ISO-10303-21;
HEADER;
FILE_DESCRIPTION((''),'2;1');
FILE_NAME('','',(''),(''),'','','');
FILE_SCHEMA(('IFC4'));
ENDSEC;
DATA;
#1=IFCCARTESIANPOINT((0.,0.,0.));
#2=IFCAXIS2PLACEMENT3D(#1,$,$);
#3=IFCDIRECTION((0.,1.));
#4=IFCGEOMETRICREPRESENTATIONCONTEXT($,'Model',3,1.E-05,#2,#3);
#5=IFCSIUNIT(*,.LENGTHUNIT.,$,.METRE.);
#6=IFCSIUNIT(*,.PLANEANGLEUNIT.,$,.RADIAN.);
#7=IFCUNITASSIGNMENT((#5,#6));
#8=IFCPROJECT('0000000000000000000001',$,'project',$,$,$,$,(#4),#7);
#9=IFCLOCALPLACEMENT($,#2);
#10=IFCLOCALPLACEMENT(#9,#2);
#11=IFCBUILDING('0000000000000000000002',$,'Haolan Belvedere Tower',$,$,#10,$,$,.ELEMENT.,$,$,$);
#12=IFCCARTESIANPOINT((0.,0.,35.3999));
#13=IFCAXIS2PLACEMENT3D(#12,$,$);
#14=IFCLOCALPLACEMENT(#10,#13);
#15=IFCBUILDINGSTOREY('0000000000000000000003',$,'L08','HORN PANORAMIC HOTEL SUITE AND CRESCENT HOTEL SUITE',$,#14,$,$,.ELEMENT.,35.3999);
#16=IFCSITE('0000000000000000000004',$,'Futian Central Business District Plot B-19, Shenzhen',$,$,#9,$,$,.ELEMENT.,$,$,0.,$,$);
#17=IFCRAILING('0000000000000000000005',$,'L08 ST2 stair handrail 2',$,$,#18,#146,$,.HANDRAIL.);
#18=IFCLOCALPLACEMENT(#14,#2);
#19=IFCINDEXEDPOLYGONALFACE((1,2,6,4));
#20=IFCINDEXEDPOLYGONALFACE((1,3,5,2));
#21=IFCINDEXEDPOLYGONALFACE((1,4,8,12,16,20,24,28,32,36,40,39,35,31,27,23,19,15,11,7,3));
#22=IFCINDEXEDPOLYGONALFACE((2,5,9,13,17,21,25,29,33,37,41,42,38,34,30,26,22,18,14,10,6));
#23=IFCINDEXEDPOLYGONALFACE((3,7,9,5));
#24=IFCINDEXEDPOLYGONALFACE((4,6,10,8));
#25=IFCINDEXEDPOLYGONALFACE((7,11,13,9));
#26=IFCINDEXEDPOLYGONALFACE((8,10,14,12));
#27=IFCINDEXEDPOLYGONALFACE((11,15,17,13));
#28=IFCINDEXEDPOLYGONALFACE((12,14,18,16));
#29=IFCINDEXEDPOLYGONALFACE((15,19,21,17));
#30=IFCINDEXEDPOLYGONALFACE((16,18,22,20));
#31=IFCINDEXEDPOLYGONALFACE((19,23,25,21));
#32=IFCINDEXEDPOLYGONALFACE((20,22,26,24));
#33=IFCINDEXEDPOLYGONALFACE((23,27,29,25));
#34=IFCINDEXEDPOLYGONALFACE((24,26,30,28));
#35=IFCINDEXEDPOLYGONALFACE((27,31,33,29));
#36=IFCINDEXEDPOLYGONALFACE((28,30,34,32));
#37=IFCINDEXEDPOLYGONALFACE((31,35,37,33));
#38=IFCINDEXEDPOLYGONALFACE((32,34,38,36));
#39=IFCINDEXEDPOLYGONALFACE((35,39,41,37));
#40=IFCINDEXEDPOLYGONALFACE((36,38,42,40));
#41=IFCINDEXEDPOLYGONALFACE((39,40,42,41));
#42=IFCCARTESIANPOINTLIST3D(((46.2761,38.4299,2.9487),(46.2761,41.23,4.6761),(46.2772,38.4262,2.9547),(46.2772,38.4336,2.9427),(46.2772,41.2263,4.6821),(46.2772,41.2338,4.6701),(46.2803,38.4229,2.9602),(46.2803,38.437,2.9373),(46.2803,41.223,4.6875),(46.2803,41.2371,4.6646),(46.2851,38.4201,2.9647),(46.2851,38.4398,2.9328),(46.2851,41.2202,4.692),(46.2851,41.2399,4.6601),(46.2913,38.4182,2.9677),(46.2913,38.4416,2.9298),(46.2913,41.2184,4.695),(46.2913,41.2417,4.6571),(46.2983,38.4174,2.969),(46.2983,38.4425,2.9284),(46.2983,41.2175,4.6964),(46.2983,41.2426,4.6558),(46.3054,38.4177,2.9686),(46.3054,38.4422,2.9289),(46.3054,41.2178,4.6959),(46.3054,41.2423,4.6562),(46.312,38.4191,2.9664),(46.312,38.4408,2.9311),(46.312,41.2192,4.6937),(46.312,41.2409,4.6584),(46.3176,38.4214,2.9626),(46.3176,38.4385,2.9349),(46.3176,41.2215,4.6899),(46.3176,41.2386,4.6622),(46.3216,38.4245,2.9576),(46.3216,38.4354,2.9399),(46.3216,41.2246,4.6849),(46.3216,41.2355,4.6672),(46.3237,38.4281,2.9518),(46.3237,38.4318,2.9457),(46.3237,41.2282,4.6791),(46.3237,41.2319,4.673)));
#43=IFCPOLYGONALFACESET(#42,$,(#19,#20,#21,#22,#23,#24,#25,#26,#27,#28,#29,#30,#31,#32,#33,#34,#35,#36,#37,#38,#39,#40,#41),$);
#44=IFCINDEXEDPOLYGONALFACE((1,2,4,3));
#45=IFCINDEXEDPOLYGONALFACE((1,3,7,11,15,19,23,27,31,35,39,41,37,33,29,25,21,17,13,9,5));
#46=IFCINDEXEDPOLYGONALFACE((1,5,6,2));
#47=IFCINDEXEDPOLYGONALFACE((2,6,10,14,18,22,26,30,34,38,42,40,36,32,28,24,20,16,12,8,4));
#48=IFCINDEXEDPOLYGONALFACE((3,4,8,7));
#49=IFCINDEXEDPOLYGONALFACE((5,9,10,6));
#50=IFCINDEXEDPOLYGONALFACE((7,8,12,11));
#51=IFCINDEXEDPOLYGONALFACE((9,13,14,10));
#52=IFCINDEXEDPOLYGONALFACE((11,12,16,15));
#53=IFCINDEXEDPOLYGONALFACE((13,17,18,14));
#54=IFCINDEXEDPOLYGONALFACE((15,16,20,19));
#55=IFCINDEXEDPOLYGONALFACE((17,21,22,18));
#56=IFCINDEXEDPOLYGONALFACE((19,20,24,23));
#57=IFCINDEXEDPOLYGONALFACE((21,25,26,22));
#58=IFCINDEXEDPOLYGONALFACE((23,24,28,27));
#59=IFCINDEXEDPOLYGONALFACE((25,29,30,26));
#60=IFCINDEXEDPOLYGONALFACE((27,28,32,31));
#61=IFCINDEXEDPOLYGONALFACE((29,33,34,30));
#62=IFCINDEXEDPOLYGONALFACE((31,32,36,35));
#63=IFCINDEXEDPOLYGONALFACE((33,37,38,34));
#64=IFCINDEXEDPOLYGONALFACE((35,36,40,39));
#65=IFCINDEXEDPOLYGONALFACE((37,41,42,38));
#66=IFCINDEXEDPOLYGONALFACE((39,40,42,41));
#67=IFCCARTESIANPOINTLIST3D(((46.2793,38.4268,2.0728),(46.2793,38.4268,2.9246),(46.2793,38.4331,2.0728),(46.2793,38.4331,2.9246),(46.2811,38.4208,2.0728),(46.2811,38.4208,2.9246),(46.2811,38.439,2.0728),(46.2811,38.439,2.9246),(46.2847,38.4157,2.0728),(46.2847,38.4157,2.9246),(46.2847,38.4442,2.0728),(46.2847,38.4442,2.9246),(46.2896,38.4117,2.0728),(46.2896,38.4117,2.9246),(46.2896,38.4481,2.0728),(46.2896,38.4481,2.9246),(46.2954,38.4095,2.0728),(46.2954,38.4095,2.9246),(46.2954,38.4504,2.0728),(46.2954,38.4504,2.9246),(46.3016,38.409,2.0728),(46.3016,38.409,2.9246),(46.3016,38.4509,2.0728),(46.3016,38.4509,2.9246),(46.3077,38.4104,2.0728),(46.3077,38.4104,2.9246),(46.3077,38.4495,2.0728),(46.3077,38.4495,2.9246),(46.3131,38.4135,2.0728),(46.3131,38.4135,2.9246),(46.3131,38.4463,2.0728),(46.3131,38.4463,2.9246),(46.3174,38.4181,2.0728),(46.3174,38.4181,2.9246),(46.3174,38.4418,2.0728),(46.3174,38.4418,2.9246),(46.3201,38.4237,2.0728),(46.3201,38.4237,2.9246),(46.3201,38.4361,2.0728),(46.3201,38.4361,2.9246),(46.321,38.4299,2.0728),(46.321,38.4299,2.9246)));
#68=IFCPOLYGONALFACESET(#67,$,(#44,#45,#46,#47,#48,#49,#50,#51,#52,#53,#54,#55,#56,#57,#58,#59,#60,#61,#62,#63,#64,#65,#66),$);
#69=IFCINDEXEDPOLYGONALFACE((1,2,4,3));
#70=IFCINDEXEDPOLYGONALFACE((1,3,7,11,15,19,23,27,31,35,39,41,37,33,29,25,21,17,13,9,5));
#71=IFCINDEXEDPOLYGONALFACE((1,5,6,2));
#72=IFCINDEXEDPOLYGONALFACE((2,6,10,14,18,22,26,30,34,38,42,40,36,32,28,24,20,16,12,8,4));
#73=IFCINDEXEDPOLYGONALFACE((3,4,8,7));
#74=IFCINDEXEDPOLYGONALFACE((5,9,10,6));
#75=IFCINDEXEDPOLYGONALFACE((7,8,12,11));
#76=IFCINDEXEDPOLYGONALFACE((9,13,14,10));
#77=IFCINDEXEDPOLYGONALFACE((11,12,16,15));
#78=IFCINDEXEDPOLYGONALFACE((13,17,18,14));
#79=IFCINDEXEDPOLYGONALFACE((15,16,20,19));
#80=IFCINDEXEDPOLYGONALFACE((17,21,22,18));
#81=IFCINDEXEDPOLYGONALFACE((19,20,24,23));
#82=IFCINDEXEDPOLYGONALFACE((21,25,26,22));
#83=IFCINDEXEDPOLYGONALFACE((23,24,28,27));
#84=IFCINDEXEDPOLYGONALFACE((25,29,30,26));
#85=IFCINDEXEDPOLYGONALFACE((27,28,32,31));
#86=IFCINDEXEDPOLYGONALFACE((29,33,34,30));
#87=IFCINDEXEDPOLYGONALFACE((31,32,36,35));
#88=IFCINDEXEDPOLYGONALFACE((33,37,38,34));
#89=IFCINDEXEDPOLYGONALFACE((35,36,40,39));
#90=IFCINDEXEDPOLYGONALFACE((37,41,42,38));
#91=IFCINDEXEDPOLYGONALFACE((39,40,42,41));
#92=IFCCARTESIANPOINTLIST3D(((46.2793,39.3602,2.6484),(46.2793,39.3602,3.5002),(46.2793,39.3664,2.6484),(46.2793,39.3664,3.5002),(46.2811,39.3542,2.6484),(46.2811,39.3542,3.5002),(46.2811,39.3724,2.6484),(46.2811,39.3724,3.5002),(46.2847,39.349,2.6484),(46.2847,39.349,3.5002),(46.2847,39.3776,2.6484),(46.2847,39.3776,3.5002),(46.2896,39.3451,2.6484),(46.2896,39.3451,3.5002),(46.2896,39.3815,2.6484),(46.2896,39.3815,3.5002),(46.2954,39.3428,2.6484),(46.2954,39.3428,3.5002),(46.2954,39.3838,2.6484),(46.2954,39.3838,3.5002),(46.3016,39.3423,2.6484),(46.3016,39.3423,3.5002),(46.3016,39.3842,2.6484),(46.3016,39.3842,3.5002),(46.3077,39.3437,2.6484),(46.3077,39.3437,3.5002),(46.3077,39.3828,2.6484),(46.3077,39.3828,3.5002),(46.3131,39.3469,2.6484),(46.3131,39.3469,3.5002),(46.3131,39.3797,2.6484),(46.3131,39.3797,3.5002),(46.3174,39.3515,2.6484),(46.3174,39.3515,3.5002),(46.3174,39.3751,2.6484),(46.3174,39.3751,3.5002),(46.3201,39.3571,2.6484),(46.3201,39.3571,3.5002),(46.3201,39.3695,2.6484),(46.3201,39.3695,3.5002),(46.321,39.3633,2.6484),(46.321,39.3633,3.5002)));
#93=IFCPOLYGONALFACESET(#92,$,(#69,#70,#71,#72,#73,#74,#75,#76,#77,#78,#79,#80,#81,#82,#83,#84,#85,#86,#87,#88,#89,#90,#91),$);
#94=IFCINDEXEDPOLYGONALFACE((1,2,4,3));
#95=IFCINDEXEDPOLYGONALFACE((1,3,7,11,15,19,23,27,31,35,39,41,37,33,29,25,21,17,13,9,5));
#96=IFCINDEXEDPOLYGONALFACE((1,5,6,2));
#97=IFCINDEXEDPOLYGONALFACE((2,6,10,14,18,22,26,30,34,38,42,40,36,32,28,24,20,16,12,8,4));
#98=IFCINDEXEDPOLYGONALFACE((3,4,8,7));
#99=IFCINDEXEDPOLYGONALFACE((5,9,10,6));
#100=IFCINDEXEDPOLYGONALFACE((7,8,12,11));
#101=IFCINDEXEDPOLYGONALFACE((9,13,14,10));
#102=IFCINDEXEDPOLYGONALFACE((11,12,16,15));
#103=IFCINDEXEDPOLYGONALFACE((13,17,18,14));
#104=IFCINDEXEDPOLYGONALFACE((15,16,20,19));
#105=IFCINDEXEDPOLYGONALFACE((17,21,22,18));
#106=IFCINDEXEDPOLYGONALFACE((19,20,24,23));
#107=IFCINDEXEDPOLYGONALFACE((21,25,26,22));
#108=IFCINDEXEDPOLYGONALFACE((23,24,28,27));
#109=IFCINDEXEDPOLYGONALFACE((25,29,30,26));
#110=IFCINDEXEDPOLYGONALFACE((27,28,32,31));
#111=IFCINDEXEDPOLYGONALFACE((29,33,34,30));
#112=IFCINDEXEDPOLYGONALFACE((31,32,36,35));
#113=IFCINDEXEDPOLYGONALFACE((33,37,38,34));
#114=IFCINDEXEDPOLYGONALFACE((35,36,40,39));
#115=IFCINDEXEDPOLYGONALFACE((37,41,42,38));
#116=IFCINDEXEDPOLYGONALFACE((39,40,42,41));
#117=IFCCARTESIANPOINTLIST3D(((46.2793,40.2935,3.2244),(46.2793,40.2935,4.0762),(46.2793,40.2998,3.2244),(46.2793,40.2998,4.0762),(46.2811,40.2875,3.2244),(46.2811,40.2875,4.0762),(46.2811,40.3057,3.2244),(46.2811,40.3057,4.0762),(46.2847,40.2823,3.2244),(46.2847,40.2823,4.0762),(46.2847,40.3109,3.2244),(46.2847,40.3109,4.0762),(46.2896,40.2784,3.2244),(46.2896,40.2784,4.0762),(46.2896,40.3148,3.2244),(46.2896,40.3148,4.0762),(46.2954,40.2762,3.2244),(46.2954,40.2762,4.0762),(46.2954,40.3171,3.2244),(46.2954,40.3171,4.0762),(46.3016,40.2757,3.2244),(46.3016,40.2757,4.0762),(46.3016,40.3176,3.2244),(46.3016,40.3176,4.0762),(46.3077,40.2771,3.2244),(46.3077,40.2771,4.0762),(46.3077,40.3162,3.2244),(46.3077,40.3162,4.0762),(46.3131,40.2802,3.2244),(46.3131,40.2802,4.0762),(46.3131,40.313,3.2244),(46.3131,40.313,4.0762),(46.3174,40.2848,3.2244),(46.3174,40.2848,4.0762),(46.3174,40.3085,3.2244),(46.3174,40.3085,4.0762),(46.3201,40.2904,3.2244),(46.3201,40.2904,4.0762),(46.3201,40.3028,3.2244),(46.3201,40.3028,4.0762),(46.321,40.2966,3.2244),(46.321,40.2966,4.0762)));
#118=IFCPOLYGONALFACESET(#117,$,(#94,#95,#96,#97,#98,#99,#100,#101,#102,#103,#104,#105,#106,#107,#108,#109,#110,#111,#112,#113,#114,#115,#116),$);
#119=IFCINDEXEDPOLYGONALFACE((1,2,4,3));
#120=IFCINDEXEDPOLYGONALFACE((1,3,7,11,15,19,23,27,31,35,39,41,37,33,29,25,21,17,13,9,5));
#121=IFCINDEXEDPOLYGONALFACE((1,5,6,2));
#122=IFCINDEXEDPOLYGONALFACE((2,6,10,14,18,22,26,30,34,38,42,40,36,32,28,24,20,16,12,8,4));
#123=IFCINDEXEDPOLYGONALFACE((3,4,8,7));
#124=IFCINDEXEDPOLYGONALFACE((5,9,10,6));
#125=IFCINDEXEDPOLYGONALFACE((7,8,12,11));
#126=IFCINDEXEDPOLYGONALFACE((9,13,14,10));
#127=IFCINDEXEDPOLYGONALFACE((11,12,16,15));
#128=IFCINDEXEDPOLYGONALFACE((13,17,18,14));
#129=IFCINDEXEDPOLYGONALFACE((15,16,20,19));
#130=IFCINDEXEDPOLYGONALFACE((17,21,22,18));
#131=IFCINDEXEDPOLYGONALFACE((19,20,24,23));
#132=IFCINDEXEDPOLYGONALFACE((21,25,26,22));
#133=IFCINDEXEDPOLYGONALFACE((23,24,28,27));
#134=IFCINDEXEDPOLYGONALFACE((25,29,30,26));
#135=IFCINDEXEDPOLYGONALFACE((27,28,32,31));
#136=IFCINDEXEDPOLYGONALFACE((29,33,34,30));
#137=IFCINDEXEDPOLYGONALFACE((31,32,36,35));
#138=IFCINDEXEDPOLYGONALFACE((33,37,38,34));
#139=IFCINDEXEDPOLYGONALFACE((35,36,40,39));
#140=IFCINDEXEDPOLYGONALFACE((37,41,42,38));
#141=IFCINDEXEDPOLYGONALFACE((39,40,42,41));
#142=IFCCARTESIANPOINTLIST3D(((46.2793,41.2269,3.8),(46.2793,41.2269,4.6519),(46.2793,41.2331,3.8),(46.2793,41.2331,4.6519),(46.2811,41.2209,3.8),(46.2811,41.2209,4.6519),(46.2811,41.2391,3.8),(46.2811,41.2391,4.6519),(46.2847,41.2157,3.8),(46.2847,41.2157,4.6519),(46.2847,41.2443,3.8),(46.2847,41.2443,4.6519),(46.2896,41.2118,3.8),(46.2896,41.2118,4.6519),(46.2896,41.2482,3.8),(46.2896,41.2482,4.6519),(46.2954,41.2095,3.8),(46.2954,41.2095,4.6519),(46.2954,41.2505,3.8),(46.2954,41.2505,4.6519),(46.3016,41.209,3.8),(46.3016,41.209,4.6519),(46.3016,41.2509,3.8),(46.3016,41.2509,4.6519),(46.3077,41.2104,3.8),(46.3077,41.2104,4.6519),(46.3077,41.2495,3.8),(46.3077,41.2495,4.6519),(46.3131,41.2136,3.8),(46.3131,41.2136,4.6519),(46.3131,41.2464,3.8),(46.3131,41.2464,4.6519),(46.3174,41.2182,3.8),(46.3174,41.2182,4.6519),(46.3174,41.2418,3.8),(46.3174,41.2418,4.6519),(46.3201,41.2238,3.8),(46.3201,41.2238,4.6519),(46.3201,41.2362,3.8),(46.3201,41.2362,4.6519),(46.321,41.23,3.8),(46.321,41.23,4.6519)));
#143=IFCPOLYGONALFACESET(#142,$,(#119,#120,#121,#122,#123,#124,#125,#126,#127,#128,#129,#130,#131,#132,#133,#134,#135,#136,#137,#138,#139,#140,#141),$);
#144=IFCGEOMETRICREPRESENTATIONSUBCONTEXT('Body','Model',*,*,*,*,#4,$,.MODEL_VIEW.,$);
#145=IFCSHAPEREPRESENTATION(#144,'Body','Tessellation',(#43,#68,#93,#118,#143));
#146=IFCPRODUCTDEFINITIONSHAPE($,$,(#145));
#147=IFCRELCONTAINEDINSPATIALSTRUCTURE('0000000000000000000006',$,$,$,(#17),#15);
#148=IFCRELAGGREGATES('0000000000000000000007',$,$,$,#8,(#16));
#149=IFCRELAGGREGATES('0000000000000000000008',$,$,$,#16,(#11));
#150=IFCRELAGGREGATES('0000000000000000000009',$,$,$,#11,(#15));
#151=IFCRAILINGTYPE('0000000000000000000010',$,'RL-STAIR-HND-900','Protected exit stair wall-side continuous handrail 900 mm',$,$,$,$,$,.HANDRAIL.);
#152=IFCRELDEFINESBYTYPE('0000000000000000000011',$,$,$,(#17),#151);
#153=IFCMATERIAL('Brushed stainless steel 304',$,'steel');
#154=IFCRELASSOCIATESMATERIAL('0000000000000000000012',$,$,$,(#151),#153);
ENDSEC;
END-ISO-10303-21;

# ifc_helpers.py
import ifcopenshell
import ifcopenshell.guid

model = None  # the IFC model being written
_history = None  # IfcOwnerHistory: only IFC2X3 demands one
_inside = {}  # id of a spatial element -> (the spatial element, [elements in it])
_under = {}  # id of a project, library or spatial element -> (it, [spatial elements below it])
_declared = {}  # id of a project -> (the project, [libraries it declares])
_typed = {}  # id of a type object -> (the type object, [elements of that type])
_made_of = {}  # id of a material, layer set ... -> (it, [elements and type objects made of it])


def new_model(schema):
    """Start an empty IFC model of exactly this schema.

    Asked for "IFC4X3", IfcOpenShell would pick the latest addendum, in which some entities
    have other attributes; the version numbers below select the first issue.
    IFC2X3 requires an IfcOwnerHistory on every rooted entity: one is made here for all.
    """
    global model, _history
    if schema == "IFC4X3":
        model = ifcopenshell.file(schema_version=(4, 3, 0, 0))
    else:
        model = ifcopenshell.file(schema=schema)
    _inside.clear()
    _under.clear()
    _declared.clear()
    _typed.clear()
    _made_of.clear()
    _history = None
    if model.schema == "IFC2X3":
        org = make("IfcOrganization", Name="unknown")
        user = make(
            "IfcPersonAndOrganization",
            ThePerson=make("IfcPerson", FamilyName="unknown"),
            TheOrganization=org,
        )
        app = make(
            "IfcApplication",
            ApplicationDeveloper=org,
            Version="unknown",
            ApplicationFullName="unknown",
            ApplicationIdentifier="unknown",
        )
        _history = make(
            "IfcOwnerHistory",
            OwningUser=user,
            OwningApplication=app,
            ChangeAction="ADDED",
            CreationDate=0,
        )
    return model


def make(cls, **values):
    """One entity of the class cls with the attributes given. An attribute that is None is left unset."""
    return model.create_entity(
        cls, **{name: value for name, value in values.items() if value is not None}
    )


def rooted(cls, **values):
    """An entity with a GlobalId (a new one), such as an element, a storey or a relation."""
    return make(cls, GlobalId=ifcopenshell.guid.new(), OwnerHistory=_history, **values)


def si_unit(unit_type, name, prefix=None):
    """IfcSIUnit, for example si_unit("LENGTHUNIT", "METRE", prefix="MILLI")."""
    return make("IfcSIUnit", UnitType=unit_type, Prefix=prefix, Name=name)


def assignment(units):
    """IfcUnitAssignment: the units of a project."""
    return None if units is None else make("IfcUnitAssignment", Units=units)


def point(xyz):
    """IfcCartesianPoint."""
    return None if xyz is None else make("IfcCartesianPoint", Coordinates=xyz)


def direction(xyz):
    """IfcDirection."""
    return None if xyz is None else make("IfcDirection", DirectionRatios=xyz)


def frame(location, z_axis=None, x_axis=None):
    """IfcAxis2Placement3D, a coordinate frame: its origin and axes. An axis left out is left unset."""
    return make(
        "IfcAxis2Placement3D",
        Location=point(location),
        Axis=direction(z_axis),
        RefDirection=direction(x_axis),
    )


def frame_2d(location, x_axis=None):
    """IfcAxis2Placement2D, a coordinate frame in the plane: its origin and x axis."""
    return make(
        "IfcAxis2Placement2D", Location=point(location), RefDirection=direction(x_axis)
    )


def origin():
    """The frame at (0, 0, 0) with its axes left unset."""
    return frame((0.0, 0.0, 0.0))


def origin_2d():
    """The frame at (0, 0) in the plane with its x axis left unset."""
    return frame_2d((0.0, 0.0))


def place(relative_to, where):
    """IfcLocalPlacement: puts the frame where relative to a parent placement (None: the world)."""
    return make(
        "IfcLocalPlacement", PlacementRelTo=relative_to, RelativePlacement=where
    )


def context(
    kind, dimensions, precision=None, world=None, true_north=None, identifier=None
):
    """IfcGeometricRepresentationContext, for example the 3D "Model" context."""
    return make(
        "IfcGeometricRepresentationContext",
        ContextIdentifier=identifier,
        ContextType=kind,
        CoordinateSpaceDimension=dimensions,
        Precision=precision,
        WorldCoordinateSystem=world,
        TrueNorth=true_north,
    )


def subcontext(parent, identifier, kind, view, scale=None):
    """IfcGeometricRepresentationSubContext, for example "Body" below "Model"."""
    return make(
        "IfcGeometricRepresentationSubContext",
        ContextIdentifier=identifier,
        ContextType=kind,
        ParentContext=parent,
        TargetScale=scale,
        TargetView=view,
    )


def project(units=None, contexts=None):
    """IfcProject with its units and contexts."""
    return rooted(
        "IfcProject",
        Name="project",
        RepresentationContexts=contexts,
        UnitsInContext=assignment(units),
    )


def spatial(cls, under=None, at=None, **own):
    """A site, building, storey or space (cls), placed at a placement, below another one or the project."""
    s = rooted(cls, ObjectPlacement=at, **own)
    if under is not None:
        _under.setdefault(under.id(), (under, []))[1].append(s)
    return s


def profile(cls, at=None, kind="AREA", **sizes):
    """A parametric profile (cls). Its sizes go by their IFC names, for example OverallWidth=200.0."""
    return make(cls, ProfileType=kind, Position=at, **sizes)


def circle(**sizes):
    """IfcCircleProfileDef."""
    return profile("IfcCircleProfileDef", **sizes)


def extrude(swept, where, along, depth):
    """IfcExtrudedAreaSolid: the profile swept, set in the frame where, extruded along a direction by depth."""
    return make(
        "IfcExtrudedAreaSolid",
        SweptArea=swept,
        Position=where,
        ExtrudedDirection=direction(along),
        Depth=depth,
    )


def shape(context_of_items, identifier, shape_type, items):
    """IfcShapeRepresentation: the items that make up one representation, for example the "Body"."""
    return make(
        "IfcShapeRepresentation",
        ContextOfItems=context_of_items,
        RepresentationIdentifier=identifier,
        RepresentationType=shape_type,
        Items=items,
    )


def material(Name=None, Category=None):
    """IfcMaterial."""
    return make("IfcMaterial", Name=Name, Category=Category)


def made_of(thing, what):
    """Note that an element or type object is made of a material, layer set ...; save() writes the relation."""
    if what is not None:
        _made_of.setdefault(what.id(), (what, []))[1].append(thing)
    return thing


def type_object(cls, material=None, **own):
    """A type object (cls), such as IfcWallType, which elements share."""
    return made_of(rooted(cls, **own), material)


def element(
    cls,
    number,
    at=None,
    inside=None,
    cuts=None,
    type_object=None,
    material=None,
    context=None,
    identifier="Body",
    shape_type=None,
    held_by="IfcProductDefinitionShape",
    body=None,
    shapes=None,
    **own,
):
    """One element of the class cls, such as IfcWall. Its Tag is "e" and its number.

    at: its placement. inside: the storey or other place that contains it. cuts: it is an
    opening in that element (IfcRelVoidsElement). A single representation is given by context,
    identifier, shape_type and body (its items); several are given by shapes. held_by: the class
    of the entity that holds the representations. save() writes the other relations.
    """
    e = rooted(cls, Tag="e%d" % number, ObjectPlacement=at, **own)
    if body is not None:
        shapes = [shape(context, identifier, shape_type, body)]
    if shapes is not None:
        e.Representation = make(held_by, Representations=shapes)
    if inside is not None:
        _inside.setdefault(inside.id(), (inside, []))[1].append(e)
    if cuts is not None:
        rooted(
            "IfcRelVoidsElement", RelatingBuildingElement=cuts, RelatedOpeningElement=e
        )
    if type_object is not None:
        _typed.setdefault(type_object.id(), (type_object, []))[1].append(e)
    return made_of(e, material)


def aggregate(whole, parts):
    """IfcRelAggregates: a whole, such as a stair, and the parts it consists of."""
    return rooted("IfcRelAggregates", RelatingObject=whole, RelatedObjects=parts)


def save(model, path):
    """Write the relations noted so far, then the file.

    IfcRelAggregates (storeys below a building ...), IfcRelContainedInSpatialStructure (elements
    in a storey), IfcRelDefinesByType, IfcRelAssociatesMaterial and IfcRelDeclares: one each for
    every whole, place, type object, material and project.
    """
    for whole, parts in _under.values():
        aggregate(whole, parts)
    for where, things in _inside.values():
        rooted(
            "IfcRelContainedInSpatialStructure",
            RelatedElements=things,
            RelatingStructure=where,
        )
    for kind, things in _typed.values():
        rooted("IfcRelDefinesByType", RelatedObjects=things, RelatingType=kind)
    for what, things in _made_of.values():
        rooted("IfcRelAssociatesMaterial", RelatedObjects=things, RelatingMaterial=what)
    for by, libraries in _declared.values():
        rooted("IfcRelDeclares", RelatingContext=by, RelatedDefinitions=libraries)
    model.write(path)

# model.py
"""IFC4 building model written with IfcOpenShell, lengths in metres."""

from ifc_helpers import new_model, si_unit, direction, frame, origin, origin_2d, place, context, subcontext, project, spatial, circle, extrude, material, type_object, element, save


model = new_model("IFC4")

# Units and contexts
model_context = context("Model", 3, precision=1e-05, world=origin(), true_north=direction((0.0, 1.0)))
body_context = subcontext(model_context, "Body", "Model", "MODEL_VIEW")
ifc_project = project(units=[si_unit("LENGTHUNIT", "METRE"), si_unit("PLANEANGLEUNIT", "RADIAN")], contexts=[model_context])

# Site, building, storey
site_placement = place(None, origin())
site = spatial("IfcSite", under=ifc_project, at=site_placement, Name="Futian Central Business District Plot B-19, Shenzhen", CompositionType="ELEMENT", RefElevation=0.0)
building_placement = place(site_placement, origin())
building = spatial("IfcBuilding", under=site, at=building_placement, Name="Haolan Belvedere Tower", CompositionType="ELEMENT")
storey_placement = place(building_placement, frame((0.0, 0.0, 35.3999)))
storey = spatial("IfcBuildingStorey", under=building, at=storey_placement, Name="L08", Description="HORN PANORAMIC HOTEL SUITE AND CRESCENT HOTEL SUITE", CompositionType="ELEMENT", Elevation=35.3999)

# Railing
ifc_material_1 = material(Name="Brushed stainless steel 304", Category="steel")
railing_type = type_object("IfcRailingType", Name="RL-STAIR-HND-900", Description="Protected exit stair wall-side continuous handrail 900 mm", PredefinedType="HANDRAIL", material=ifc_material_1)
railing_placement = place(storey_placement, frame((46.3, 38.4299, 2.0728)))
element("IfcRailing", 1, at=railing_placement, inside=storey, type_object=railing_type, Name="L08 ST2 stair handrail 2", PredefinedType="HANDRAIL", context=body_context, shape_type="SweptSolid", body=[
    extrude(circle(Radius=0.0239, at=origin_2d()), frame((0.0, 0.0, 0.876), z_axis=(0.0, 0.85109, 0.52502), x_axis=(-1.0, 0.0, 0.0)), (0.0, 0.0, 1.0), 3.29),
    extrude(circle(Radius=0.021, at=origin_2d()), origin(), (0.0, 0.0, 1.0), 0.8518),
    extrude(circle(Radius=0.021, at=origin_2d()), frame((0.0, 0.9333, 0.5757)), (0.0, 0.0, 1.0), 0.8518),
    extrude(circle(Radius=0.021, at=origin_2d()), frame((0.0, 1.8667, 1.1516)), (0.0, 0.0, 1.0), 0.8518),
    extrude(circle(Radius=0.021, at=origin_2d()), frame((0.0, 2.8, 1.7273)), (0.0, 0.0, 1.0), 0.8518),
])

save(model, "model.ifc")
